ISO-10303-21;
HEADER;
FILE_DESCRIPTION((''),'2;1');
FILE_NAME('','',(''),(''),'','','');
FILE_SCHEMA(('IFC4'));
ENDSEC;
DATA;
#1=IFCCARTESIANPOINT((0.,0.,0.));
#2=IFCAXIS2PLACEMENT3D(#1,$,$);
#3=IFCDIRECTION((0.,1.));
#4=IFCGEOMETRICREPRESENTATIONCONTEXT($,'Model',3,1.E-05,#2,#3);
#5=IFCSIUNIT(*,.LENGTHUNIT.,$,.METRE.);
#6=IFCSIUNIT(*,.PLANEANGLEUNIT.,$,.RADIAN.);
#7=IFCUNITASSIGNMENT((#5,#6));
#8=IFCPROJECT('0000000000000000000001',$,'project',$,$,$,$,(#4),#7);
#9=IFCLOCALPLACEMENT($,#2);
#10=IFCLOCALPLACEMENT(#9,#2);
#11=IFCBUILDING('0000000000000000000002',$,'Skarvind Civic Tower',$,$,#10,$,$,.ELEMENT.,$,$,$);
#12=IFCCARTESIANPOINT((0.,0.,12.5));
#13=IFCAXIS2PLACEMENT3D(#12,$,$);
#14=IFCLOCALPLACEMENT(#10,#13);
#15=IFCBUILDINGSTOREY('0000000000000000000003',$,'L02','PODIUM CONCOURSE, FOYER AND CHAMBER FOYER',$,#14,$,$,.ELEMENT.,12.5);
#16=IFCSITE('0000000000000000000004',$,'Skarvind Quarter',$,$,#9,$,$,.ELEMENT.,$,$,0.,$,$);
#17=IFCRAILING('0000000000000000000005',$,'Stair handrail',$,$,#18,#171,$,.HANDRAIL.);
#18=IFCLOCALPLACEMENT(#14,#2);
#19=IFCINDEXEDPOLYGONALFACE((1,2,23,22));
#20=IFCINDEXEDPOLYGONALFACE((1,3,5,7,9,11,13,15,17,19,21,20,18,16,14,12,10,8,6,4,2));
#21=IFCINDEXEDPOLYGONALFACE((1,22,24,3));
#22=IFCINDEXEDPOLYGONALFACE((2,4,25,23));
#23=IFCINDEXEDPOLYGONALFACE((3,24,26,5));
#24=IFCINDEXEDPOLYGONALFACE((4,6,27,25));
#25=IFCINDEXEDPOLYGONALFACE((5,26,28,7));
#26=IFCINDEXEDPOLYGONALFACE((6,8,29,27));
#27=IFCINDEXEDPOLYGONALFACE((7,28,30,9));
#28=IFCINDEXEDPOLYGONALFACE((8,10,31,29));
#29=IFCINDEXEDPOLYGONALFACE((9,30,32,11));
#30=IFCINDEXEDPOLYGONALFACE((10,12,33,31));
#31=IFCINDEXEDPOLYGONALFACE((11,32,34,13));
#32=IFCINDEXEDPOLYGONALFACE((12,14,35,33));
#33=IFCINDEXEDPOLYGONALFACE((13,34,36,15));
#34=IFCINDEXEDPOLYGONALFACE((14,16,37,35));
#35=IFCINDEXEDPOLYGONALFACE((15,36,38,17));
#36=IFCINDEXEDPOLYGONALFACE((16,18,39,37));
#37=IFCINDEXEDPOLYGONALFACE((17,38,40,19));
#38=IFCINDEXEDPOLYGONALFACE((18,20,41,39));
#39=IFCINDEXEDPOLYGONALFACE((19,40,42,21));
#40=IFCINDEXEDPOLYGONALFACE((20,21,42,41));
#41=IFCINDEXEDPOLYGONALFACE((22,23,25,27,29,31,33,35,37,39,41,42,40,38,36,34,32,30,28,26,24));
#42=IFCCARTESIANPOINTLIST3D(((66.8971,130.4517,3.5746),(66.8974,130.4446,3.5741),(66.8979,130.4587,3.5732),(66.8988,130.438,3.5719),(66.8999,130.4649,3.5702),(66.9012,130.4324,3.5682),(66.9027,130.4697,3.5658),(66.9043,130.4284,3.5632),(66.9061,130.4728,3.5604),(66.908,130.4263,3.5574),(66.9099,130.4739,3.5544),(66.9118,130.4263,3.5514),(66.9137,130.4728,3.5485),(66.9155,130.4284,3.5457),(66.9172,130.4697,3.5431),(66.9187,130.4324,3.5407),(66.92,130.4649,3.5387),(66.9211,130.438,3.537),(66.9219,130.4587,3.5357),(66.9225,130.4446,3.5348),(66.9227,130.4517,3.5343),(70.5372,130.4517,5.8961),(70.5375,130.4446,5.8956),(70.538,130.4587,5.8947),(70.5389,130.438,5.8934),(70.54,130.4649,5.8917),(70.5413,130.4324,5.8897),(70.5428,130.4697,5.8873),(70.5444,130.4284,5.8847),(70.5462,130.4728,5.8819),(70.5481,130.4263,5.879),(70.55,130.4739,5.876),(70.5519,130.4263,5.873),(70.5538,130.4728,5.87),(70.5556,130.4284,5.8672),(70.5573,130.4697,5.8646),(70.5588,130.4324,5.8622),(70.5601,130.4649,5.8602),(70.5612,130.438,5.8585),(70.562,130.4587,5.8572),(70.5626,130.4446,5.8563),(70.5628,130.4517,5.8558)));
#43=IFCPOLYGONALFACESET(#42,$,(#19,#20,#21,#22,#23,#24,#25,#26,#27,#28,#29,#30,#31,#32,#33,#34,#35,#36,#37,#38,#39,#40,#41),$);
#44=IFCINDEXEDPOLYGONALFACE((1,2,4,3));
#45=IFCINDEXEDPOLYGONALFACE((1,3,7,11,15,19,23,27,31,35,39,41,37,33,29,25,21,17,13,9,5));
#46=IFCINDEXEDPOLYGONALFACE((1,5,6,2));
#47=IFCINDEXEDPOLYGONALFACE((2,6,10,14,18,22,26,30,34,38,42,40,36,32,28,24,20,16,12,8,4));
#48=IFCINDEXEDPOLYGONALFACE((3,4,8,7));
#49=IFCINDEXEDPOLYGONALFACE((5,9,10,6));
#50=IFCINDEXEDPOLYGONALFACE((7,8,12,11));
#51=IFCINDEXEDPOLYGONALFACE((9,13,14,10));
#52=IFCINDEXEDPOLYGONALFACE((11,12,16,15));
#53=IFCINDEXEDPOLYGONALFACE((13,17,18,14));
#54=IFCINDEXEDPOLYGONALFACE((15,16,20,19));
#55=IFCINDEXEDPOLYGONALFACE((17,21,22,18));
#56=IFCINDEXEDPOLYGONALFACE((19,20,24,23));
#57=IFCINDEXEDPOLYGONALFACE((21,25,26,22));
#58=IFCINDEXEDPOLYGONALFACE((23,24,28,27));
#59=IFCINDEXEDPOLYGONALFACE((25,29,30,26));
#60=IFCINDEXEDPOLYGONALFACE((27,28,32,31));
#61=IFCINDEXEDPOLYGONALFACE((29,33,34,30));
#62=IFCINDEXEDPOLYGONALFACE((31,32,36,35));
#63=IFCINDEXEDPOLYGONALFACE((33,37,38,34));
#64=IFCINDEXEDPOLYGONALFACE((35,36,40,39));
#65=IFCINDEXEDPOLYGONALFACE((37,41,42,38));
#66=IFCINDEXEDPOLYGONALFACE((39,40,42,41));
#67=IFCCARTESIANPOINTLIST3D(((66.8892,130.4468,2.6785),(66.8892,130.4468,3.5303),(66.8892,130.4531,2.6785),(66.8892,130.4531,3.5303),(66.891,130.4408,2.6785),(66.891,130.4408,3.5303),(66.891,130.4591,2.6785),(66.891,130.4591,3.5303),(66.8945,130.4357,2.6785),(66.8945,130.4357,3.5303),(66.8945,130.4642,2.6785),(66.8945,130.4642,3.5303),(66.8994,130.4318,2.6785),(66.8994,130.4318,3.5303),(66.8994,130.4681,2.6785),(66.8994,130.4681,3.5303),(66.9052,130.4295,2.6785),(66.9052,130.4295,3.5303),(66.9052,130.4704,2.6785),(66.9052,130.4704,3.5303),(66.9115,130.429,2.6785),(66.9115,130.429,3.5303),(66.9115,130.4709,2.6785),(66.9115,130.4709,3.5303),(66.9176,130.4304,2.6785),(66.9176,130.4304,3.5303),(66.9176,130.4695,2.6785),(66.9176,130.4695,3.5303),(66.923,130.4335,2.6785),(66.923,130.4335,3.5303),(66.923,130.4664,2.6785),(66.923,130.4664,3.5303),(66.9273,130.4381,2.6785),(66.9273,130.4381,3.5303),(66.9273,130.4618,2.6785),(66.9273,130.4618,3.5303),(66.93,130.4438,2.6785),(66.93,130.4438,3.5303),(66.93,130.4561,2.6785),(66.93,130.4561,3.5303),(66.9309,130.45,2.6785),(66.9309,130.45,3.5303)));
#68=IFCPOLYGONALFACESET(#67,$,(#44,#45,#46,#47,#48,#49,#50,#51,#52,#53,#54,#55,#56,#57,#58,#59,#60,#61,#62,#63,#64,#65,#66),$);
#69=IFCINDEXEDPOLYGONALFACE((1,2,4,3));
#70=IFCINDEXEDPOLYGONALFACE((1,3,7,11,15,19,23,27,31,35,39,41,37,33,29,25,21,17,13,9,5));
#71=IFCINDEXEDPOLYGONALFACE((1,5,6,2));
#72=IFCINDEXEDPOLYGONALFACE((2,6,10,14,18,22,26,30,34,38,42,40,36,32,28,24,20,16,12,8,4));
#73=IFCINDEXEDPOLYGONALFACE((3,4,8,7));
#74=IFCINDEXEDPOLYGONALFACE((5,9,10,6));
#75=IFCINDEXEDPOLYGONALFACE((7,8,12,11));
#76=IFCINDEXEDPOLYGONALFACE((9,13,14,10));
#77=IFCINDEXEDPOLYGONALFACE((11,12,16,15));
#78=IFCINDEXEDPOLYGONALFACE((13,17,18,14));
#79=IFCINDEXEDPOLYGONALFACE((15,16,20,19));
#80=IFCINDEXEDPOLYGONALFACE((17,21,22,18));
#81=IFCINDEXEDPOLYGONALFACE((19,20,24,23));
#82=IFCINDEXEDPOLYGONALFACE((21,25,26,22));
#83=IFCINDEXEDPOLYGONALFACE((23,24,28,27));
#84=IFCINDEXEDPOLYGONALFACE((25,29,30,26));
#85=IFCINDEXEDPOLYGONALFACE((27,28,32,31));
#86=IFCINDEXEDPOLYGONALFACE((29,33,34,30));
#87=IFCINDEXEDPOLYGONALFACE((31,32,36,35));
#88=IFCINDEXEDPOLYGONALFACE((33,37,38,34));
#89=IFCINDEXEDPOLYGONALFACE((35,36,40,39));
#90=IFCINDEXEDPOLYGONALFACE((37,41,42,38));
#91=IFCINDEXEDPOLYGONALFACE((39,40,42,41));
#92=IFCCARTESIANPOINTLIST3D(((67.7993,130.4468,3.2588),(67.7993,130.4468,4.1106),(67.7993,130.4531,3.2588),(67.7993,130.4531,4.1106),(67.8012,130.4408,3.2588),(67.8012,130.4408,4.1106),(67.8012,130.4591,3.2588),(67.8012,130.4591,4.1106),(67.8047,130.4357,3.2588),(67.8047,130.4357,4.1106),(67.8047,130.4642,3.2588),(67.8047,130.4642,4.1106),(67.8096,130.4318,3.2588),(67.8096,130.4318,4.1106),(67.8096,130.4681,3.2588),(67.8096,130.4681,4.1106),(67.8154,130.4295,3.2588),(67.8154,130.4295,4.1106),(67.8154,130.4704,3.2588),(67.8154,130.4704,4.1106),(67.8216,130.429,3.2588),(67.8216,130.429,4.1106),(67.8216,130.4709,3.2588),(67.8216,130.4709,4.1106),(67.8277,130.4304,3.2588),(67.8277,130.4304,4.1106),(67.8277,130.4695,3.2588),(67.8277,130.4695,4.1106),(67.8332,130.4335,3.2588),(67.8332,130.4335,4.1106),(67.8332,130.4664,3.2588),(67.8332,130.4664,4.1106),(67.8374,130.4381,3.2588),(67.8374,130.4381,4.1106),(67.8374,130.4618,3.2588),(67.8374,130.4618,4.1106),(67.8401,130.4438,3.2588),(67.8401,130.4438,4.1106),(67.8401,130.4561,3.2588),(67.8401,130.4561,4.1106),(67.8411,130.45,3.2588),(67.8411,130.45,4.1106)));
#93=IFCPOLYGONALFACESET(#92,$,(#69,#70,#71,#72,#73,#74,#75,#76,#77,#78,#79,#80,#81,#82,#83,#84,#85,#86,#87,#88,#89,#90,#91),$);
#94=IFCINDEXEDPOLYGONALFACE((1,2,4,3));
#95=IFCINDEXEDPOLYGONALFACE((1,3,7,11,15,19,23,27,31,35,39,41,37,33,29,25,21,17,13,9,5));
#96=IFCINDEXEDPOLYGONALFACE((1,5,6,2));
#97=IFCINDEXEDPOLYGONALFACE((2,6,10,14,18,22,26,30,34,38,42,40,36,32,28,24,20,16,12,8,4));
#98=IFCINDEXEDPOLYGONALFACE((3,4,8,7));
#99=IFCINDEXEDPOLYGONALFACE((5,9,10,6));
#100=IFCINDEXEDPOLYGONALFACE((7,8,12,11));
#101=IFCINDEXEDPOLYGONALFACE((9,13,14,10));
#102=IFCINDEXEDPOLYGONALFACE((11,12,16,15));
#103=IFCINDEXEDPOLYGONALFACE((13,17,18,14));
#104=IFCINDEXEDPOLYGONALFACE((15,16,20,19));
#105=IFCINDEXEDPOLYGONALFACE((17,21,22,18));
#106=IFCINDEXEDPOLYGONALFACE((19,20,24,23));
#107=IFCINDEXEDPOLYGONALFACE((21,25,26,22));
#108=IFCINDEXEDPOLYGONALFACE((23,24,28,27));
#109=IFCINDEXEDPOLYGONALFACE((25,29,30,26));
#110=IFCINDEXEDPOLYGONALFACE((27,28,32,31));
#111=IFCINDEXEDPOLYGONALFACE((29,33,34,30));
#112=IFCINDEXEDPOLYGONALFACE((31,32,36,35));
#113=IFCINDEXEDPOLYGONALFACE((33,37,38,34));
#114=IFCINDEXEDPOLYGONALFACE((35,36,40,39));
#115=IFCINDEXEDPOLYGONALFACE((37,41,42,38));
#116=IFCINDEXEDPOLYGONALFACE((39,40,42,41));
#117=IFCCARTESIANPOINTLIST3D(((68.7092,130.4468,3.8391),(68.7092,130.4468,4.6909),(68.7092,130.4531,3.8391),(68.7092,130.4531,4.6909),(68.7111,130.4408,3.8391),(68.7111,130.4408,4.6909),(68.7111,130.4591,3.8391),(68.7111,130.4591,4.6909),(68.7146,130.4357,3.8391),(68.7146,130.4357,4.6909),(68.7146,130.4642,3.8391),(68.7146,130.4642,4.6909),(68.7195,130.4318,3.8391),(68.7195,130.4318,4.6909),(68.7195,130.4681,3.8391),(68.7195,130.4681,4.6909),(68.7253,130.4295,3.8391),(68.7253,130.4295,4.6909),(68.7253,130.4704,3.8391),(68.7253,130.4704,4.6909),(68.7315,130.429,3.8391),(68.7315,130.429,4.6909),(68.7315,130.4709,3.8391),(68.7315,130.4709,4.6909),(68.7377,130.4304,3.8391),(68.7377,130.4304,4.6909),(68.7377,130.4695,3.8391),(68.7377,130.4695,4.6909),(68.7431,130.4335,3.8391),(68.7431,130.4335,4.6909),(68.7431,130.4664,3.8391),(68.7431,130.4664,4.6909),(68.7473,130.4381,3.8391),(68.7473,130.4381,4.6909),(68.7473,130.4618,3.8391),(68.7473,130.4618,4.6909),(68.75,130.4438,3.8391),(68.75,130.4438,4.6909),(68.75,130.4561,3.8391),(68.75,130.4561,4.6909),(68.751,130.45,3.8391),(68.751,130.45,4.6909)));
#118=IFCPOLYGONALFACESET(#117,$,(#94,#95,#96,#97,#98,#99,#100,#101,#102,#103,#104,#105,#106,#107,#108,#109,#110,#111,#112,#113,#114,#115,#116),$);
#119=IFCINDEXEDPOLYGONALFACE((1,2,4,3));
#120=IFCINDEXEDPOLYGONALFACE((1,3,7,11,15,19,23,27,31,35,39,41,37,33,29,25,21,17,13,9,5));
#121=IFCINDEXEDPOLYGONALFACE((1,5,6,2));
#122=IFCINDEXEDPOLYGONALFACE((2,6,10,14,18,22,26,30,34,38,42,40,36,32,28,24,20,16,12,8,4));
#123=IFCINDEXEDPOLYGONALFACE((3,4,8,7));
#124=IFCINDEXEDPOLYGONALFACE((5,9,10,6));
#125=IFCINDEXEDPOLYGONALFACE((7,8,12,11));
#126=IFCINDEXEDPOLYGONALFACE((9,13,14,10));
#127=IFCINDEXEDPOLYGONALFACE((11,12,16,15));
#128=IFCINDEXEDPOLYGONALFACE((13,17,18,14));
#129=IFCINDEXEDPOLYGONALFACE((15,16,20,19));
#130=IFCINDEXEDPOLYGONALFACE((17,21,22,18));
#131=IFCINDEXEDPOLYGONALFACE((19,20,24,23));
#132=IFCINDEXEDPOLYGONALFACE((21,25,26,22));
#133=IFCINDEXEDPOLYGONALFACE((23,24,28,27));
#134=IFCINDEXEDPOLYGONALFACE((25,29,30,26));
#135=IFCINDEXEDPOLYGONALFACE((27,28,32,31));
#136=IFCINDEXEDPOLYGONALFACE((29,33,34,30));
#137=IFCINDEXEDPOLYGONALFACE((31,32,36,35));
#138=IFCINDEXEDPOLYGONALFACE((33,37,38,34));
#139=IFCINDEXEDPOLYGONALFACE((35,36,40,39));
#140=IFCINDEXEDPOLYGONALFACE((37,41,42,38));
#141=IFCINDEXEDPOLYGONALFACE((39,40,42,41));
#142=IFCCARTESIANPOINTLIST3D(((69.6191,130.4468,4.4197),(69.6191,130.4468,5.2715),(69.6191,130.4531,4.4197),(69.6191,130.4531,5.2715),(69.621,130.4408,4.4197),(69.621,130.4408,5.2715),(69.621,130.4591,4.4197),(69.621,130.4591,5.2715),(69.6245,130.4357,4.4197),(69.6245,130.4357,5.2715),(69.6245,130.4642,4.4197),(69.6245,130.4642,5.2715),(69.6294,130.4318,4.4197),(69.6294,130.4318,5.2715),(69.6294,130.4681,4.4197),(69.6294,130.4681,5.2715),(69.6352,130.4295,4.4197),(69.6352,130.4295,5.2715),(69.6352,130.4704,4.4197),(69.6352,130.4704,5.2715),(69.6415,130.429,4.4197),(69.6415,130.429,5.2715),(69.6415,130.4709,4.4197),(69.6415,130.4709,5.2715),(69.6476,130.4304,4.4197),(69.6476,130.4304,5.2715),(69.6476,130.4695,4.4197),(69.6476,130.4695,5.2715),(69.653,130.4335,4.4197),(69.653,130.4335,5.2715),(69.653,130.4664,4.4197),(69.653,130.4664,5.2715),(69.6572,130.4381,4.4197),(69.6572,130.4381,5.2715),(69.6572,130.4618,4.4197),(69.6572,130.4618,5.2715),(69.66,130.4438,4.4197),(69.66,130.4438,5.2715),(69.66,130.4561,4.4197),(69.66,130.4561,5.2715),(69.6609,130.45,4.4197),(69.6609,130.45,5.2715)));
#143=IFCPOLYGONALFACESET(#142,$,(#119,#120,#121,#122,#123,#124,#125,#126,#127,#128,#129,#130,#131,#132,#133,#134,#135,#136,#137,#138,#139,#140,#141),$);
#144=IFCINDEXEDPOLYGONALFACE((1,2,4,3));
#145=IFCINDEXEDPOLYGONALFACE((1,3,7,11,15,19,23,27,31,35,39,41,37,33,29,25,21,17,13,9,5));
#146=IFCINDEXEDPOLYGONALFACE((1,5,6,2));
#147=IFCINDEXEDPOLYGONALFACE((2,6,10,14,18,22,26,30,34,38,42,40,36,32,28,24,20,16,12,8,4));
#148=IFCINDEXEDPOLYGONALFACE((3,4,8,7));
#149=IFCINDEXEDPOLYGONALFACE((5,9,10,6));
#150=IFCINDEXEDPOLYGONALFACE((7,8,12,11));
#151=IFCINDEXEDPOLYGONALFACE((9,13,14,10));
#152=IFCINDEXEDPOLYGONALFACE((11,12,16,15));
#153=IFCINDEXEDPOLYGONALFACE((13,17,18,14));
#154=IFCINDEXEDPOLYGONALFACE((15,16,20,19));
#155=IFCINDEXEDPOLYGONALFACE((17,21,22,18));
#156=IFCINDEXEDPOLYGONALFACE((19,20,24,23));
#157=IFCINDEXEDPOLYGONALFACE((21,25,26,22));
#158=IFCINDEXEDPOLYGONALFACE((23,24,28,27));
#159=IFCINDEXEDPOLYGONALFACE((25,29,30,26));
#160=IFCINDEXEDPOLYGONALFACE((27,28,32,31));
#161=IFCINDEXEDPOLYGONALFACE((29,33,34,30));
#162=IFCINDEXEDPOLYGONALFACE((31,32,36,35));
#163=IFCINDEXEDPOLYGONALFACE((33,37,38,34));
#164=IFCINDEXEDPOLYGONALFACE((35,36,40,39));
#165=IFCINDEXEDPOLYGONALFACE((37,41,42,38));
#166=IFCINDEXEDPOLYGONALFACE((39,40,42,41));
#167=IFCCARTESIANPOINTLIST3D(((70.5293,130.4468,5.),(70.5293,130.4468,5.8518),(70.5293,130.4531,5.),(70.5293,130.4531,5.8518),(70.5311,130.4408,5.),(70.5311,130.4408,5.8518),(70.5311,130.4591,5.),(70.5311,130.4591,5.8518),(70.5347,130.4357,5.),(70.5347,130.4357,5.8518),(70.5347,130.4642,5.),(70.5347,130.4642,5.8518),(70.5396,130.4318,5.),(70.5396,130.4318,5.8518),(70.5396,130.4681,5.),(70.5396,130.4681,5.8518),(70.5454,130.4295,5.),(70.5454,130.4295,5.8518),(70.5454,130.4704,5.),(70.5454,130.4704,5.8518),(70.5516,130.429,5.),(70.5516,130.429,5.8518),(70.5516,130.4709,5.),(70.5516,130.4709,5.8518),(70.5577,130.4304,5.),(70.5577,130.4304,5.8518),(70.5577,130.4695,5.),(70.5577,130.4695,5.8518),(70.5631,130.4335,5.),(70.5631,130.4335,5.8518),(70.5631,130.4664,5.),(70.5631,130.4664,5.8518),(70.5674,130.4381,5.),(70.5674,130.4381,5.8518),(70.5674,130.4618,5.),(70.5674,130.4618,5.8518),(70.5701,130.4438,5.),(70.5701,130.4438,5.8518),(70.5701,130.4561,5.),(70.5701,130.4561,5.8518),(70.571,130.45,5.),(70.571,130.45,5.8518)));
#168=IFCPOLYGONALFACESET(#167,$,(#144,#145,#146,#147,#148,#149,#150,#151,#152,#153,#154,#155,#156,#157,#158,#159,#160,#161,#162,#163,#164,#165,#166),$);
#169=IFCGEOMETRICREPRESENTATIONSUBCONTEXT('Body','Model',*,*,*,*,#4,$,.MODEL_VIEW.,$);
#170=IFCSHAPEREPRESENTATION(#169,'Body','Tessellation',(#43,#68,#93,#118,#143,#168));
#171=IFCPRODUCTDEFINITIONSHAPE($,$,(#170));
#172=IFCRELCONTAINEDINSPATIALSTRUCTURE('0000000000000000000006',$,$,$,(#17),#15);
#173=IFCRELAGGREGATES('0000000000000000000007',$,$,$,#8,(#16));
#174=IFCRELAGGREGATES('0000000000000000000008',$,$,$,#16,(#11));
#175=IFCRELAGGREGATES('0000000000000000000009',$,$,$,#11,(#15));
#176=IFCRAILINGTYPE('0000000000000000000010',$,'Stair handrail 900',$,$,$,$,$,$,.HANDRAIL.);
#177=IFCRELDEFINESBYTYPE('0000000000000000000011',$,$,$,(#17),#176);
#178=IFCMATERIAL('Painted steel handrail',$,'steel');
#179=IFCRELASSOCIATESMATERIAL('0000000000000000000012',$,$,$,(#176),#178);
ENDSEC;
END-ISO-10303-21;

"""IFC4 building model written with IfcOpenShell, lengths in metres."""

from ifc_helpers import new_model, si_unit, direction, frame, origin, origin_2d, place, context, subcontext, project, spatial, circle, extrude, material, type_object, element, save


model = new_model("IFC4")

# Units and contexts
model_context = context("Model", 3, precision=1e-05, world=origin(), true_north=direction((0.0, 1.0)))
body_context = subcontext(model_context, "Body", "Model", "MODEL_VIEW")
ifc_project = project(units=[si_unit("LENGTHUNIT", "METRE"), si_unit("PLANEANGLEUNIT", "RADIAN")], contexts=[model_context])

# Site, building, storey
site_placement = place(None, origin())
site = spatial("IfcSite", under=ifc_project, at=site_placement, Name="Skarvind Quarter", CompositionType="ELEMENT", RefElevation=0.0)
building_placement = place(site_placement, origin())
building = spatial("IfcBuilding", under=site, at=building_placement, Name="Skarvind Civic Tower", CompositionType="ELEMENT")
storey_placement = place(building_placement, frame((0.0, 0.0, 12.5)))
storey = spatial("IfcBuildingStorey", under=building, at=storey_placement, Name="L02", Description="PODIUM CONCOURSE, FOYER AND CHAMBER FOYER", CompositionType="ELEMENT", Elevation=12.5)

# Railing
ifc_material_1 = material(Name="Painted steel handrail", Category="steel")
railing_type = type_object("IfcRailingType", Name="Stair handrail 900", PredefinedType="HANDRAIL", material=ifc_material_1)
railing_1_placement = place(storey_placement, frame((66.9099, 130.45, 2.6785)))
element("IfcRailing", 1, at=railing_1_placement, inside=storey, type_object=railing_type, Name="Stair handrail", PredefinedType="HANDRAIL", context=body_context, shape_type="SweptSolid", body=[
    extrude(circle(Radius=0.0239, at=origin_2d()), frame((0.0, 0.0, 0.876), z_axis=(0.843128, 0.0, 0.537713), x_axis=(0.0, 1.0, 0.0)), (0.0, 0.0, 1.0), 4.3174),
    extrude(circle(Radius=0.021, at=origin_2d()), origin(), (0.0, 0.0, 1.0), 0.8518),
    extrude(circle(Radius=0.021, at=origin_2d()), frame((0.9102, 0.0, 0.5803)), (0.0, 0.0, 1.0), 0.8518),
    extrude(circle(Radius=0.021, at=origin_2d()), frame((1.8201, 0.0, 1.1606)), (0.0, 0.0, 1.0), 0.8518),
    extrude(circle(Radius=0.021, at=origin_2d()), frame((2.73, 0.0, 1.7412)), (0.0, 0.0, 1.0), 0.8518),
    extrude(circle(Radius=0.021, at=origin_2d()), frame((3.6401, 0.0, 2.3215)), (0.0, 0.0, 1.0), 0.8518),
])

save(model, "model.ifc")
